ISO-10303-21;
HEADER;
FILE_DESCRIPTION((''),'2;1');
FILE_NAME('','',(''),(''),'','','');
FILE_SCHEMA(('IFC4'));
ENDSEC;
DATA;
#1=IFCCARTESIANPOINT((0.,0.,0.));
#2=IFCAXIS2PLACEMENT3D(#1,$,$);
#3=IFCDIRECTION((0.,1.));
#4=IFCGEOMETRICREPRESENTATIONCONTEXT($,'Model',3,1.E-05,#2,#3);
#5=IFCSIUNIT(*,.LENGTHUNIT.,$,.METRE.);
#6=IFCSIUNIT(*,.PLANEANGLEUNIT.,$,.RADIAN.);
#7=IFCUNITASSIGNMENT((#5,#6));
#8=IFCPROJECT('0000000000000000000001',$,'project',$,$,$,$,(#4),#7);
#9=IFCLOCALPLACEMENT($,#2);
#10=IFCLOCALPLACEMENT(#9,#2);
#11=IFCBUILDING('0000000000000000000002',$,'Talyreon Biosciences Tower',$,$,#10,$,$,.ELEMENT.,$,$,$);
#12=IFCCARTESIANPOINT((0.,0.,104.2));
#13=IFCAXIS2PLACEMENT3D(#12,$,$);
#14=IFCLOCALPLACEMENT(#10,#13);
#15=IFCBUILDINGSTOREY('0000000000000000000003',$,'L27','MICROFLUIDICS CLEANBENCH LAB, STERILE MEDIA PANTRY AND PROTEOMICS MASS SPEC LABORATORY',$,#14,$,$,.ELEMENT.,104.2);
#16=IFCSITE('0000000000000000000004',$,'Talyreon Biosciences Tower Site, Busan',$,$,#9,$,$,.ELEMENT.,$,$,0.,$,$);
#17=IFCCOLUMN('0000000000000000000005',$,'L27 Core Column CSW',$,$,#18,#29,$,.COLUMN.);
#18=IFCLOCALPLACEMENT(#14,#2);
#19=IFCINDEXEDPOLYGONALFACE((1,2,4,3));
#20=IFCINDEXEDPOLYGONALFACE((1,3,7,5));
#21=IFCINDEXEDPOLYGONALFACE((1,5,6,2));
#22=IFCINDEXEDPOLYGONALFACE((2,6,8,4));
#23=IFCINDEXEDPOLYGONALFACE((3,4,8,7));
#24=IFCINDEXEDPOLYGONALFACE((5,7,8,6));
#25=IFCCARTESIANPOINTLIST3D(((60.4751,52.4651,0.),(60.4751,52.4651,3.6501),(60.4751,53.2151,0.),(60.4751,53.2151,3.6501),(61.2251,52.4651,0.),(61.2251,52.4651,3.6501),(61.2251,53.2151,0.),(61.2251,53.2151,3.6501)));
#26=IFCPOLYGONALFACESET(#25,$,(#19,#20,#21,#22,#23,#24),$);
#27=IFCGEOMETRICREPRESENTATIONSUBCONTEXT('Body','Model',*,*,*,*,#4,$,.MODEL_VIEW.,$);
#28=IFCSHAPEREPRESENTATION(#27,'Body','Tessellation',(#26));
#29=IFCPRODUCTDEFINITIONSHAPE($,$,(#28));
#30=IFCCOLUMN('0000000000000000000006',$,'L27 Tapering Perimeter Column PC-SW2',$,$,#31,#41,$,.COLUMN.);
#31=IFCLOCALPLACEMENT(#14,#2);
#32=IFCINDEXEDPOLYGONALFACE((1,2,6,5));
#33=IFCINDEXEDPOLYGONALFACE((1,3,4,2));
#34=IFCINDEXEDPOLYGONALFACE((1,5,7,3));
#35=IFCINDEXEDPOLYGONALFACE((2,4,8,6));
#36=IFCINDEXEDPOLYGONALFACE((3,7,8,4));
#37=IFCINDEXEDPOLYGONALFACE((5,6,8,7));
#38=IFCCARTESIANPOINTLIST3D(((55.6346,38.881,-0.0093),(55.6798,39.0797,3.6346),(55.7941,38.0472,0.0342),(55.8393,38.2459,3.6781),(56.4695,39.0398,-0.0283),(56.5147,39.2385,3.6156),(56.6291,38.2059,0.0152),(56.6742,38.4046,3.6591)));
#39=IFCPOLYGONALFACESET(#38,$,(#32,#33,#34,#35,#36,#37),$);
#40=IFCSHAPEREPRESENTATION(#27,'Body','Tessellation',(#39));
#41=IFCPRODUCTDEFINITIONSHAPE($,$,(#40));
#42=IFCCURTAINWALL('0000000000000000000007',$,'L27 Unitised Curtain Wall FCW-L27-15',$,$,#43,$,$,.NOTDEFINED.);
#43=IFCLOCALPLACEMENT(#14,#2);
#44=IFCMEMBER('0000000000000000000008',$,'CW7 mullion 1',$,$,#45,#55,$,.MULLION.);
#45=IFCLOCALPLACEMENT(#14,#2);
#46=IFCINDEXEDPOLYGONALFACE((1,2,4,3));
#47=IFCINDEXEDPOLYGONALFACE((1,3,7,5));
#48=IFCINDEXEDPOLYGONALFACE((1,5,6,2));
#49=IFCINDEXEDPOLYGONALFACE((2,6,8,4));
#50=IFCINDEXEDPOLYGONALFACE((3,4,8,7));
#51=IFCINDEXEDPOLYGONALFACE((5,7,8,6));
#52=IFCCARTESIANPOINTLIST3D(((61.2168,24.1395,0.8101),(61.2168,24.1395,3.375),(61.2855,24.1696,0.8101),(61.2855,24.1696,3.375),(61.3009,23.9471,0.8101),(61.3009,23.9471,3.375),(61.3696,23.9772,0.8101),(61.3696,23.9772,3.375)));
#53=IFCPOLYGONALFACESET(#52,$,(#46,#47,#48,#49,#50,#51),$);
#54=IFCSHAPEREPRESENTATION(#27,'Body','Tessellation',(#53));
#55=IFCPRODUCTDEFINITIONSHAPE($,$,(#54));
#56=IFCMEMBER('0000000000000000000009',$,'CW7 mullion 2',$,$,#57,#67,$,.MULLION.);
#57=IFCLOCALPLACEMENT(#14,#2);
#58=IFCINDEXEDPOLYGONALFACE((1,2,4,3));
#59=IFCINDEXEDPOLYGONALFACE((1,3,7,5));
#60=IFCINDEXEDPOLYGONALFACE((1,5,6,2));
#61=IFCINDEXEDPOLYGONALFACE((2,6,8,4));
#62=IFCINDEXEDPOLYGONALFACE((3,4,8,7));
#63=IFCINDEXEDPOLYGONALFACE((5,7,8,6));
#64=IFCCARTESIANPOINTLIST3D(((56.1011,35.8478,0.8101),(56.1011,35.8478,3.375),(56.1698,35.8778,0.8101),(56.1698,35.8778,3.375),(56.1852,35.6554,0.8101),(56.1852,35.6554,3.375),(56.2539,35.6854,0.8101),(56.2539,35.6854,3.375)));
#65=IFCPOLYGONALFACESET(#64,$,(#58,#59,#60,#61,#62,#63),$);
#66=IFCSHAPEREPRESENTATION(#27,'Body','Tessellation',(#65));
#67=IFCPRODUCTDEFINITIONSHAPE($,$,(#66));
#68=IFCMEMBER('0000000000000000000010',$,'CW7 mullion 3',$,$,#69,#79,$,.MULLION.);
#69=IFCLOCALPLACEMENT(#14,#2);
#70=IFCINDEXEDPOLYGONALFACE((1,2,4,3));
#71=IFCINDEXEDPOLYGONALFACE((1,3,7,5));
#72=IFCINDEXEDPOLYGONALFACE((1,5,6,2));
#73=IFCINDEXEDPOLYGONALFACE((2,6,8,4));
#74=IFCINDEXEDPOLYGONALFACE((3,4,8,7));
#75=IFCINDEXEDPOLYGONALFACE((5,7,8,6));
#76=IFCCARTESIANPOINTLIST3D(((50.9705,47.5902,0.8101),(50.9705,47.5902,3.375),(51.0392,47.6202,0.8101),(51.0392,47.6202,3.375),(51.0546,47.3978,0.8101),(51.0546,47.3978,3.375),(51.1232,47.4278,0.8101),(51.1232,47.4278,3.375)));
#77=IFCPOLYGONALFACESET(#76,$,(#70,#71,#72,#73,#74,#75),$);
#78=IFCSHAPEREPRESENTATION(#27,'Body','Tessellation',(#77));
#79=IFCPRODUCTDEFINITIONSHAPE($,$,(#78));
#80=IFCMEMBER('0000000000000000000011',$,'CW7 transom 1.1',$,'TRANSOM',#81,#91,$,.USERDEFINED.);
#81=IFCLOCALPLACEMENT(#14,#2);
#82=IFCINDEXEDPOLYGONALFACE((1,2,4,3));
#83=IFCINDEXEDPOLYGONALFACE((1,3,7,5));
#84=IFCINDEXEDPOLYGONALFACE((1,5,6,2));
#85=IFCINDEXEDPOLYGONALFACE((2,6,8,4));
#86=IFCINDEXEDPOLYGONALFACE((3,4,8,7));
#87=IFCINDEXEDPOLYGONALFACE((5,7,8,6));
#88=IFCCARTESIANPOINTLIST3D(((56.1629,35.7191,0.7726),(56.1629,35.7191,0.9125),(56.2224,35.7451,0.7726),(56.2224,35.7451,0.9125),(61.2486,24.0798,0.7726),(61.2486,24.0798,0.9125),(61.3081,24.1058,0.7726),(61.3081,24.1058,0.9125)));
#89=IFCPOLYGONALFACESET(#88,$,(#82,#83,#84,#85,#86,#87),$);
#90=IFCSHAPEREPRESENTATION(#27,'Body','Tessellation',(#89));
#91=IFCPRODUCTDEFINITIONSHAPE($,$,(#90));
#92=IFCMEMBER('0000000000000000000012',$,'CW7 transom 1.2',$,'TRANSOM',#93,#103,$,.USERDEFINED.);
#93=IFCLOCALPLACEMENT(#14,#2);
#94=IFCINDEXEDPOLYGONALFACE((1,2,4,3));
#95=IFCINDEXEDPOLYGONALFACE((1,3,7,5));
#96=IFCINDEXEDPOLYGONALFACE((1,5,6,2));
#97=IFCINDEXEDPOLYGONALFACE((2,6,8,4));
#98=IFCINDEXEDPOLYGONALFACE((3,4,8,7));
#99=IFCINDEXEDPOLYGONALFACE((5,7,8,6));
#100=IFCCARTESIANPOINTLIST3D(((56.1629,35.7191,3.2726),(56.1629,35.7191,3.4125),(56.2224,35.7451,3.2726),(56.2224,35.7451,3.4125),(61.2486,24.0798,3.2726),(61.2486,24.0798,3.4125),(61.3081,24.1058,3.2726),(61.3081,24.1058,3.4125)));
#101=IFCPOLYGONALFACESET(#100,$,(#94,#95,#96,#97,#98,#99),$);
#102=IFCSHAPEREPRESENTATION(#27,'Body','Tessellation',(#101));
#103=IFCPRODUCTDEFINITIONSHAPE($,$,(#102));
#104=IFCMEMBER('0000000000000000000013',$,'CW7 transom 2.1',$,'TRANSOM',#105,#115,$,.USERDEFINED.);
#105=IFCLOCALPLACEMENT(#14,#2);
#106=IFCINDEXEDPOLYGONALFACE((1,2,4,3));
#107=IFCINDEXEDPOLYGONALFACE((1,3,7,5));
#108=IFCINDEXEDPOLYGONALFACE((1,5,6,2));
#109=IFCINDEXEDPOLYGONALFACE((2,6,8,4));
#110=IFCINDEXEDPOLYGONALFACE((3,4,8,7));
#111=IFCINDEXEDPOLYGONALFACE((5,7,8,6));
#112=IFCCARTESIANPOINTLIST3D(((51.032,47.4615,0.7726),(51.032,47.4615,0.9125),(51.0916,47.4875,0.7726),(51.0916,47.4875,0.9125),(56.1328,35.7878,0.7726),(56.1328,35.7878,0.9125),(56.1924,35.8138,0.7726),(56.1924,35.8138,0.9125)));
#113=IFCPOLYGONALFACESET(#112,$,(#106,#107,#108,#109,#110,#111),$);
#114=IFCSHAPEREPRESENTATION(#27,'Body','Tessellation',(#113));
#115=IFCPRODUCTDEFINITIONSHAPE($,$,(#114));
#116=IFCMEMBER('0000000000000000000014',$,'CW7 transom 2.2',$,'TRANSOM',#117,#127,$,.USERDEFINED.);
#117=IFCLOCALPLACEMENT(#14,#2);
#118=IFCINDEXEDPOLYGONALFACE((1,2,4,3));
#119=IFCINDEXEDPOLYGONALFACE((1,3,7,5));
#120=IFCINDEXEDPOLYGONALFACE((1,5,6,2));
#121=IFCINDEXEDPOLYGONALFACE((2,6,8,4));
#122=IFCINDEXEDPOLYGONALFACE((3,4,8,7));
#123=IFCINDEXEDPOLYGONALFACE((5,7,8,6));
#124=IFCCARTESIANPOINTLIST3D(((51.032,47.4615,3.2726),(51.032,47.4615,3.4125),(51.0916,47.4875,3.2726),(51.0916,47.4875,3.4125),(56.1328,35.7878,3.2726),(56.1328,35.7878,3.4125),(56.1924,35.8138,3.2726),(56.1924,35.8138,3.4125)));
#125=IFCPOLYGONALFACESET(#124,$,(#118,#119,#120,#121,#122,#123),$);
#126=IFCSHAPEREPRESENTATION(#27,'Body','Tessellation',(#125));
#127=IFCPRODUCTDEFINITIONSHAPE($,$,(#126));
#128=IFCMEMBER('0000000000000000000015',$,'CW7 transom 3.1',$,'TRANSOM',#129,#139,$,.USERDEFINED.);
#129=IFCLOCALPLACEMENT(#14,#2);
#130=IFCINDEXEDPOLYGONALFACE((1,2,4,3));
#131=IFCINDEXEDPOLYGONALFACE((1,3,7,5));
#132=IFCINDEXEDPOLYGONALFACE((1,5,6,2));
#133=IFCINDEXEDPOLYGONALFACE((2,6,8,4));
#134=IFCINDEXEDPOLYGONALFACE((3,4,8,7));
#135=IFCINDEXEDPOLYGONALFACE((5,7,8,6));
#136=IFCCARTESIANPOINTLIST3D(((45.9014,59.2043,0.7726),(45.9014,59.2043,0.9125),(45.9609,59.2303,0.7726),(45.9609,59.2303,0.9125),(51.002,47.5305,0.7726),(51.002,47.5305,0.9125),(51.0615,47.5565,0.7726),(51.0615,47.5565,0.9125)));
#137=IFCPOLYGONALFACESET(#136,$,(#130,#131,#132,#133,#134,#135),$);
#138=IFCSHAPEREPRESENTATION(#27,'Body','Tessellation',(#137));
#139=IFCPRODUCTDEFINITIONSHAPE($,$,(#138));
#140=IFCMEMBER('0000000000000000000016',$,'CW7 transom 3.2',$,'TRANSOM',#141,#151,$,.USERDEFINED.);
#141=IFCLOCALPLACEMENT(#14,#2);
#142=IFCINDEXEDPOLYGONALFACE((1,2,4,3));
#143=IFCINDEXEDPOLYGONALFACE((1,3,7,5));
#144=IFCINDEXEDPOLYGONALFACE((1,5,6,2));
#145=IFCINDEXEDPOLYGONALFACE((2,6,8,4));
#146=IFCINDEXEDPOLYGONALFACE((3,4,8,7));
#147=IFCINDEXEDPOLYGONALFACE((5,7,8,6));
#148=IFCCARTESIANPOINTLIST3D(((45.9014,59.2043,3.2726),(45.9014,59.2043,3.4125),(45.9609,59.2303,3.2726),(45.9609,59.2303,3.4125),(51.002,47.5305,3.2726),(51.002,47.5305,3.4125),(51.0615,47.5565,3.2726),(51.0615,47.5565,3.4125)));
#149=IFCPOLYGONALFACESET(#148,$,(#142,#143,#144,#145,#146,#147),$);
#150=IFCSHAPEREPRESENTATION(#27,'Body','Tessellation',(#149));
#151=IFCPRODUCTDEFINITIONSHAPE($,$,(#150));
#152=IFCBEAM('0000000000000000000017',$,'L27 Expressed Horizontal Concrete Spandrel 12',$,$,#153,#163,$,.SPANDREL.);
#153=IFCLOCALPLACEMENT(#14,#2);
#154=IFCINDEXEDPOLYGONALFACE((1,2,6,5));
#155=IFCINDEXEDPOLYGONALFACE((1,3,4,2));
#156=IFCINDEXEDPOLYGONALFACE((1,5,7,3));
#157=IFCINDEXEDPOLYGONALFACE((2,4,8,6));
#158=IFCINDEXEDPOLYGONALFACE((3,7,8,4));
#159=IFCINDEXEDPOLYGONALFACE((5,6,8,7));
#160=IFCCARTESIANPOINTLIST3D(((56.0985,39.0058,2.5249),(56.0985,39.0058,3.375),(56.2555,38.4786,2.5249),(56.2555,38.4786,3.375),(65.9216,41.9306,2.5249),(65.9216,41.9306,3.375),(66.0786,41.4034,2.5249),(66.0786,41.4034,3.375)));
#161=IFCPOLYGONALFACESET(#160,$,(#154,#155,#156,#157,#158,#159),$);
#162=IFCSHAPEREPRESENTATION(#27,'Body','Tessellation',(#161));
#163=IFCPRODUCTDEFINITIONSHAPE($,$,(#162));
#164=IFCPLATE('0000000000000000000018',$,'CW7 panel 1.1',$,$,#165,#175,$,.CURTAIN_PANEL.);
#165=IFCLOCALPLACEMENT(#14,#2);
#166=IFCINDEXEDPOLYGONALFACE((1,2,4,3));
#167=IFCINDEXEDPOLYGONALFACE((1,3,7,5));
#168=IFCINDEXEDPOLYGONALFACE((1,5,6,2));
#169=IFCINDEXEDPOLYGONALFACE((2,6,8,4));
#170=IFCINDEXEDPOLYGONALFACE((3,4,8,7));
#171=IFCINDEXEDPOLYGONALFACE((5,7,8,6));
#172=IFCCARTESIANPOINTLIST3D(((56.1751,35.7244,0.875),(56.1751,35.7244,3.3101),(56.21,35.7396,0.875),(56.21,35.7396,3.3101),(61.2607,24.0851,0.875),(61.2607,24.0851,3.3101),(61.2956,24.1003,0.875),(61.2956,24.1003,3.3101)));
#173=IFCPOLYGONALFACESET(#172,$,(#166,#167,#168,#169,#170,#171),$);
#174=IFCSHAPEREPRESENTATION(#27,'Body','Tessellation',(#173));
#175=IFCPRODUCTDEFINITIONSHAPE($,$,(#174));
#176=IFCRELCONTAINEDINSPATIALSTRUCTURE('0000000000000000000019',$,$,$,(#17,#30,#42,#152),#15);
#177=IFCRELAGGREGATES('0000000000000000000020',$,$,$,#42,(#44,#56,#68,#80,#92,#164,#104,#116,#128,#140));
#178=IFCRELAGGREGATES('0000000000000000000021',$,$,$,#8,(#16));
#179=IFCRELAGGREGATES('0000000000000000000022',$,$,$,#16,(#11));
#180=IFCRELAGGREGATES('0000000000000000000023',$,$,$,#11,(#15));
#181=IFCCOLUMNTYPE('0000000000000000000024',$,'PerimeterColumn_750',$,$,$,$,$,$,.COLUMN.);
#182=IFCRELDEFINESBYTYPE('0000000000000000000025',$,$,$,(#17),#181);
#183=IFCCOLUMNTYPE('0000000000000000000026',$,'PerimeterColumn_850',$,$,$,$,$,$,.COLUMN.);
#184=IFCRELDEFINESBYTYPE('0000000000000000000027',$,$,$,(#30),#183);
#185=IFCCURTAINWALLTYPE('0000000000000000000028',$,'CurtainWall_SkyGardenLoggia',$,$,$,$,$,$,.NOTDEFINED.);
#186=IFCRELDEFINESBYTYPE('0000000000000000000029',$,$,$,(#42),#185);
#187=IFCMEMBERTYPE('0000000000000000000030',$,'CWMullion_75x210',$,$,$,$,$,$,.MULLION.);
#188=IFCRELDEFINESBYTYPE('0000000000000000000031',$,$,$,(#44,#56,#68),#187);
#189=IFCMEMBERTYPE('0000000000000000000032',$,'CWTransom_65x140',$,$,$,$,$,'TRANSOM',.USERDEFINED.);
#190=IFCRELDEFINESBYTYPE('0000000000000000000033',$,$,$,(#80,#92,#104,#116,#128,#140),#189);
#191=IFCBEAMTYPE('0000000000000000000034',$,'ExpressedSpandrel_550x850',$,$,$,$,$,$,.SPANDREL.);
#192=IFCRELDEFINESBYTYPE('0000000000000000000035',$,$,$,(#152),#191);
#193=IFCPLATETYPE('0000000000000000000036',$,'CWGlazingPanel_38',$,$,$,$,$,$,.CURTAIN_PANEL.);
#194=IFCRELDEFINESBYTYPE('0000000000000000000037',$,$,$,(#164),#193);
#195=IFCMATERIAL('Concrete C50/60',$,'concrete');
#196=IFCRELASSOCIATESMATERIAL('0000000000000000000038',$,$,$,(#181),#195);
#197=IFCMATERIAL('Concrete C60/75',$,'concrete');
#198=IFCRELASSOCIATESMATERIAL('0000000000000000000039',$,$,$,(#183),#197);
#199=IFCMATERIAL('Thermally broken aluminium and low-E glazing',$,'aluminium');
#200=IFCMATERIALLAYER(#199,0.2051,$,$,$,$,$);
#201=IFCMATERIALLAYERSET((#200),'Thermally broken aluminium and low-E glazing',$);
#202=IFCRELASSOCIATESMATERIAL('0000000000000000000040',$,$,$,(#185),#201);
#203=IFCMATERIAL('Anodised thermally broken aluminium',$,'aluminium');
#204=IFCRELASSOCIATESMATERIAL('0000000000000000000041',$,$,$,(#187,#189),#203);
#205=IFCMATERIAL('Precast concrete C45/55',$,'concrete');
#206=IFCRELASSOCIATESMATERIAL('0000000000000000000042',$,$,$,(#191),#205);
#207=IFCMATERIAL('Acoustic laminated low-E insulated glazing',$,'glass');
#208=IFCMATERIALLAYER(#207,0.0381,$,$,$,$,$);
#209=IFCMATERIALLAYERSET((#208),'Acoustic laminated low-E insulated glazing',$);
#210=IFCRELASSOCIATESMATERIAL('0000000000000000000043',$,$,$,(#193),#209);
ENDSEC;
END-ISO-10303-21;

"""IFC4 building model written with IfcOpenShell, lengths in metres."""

from ifc_helpers import new_model, si_unit, direction, frame, origin, origin_2d, place, context, subcontext, project, spatial, rectangle, extrude, material, layer, layer_set, material_profile, profile_set, type_object, element, aggregate, save


model = new_model("IFC4")

# Units and contexts
model_context = context("Model", 3, precision=1e-05, world=origin(), true_north=direction((0.0, 1.0)))
body_context = subcontext(model_context, "Body", "Model", "MODEL_VIEW")
ifc_project = project(units=[si_unit("LENGTHUNIT", "METRE"), si_unit("PLANEANGLEUNIT", "RADIAN")], contexts=[model_context])

# Site, building, storey
site_placement = place(None, origin())
site = spatial("IfcSite", under=ifc_project, at=site_placement, Name="Talyreon Biosciences Tower Site, Busan", CompositionType="ELEMENT", RefElevation=0.0)
building_placement = place(site_placement, origin())
building = spatial("IfcBuilding", under=site, at=building_placement, Name="Talyreon Biosciences Tower", CompositionType="ELEMENT")
storey_placement = place(building_placement, frame((0.0, 0.0, 104.2)))
storey = spatial("IfcBuildingStorey", under=building, at=storey_placement, Name="L27", Description="MICROFLUIDICS CLEANBENCH LAB, STERILE MEDIA PANTRY AND PROTEOMICS MASS SPEC LABORATORY", CompositionType="ELEMENT", Elevation=104.2)

# Columns
ifc_material_1 = material(Name="Concrete C50/60", Category="concrete")
ifc_material_profile_1 = material_profile(ifc_material_1, rectangle(XDim=0.75, YDim=0.75, at=origin_2d()), Name="RC 750x750")
ifc_profile_set_1 = profile_set([ifc_material_profile_1], Name="Concrete C50/60")
column_type_1 = type_object("IfcColumnType", Name="PerimeterColumn_750", PredefinedType="COLUMN", material=ifc_profile_set_1)
column_1_placement = place(storey_placement, frame((60.8501, 52.8401, 0.0), z_axis=(0.0, 0.0, 1.0), x_axis=(1.0, 0.0, 0.0)))
element("IfcColumn", 1, at=column_1_placement, inside=storey, type_object=column_type_1, Name="L27 Core Column CSW", PredefinedType="COLUMN", context=body_context, shape_type="SweptSolid", body=[
    extrude(rectangle(XDim=0.75, YDim=0.75, at=origin_2d()), origin(), (0.0, 0.0, 1.0), 3.6501),
])
ifc_material_2 = material(Name="Concrete C60/75", Category="concrete")
ifc_material_profile_2 = material_profile(ifc_material_2, rectangle(XDim=0.8501, YDim=0.8501, at=origin_2d()), Name="RC 850x850")
ifc_profile_set_2 = profile_set([ifc_material_profile_2], Name="Concrete C60/75")
column_type_2 = type_object("IfcColumnType", Name="PerimeterColumn_850", PredefinedType="COLUMN", material=ifc_profile_set_2)
column_2_placement = place(storey_placement, frame((56.1318, 38.5435, 0.0029), z_axis=(0.012375, 0.054451, 0.99844), x_axis=(-0.187659, 0.980901, -0.051168)))
element("IfcColumn", 2, at=column_2_placement, inside=storey, type_object=column_type_2, Name="L27 Tapering Perimeter Column PC-SW2", PredefinedType="COLUMN", context=body_context, shape_type="SweptSolid", body=[
    extrude(rectangle(XDim=0.8501, YDim=0.8501, at=origin_2d()), origin(), (0.0, 0.0, 1.0), 3.6497),
])

# Curtain wall, members
ifc_material_3 = material(Name="Thermally broken aluminium and low-E glazing", Category="aluminium")
ifc_layer_1 = layer(ifc_material_3, 0.2051)
ifc_layer_set_1 = layer_set([ifc_layer_1], Name="Thermally broken aluminium and low-E glazing")
curtain_wall_type = type_object("IfcCurtainWallType", Name="CurtainWall_SkyGardenLoggia", PredefinedType="NOTDEFINED", material=ifc_layer_set_1)
curtain_wall_placement = place(storey_placement, origin())
curtain_wall = element("IfcCurtainWall", 3, at=curtain_wall_placement, inside=storey, type_object=curtain_wall_type, Name="L27 Unitised Curtain Wall FCW-L27-15", PredefinedType="NOTDEFINED")
ifc_material_4 = material(Name="Anodised thermally broken aluminium", Category="aluminium")
ifc_material_profile_3 = material_profile(ifc_material_4, rectangle(XDim=0.075, YDim=0.21, at=origin_2d()), Name="ALUM MULLION 75x210")
ifc_profile_set_3 = profile_set([ifc_material_profile_3], Name="Anodised thermally broken aluminium")
member_type_1 = type_object("IfcMemberType", Name="CWMullion_75x210", PredefinedType="MULLION", material=ifc_profile_set_3)
member_1_placement = place(storey_placement, frame((61.2932, 24.0583, 0.8101), z_axis=(0.0, 0.0, 1.0), x_axis=(-0.916346, -0.400387, 0.0)))
member_1 = element("IfcMember", 4, at=member_1_placement, type_object=member_type_1, Name="CW7 mullion 1", PredefinedType="MULLION", context=body_context, shape_type="SweptSolid", body=[
    extrude(rectangle(XDim=0.075, YDim=0.21, at=origin_2d()), origin(), (0.0, 0.0, 1.0), 2.5649),
])
member_2_placement = place(storey_placement, frame((56.1775, 35.7666, 0.8101), z_axis=(0.0, 0.0, 1.0), x_axis=(-0.916346, -0.400387, 0.0)))
member_2 = element("IfcMember", 5, at=member_2_placement, type_object=member_type_1, Name="CW7 mullion 2", PredefinedType="MULLION", context=body_context, shape_type="SweptSolid", body=[
    extrude(rectangle(XDim=0.075, YDim=0.21, at=origin_2d()), origin(), (0.0, 0.0, 1.0), 2.5649),
])
member_3_placement = place(storey_placement, frame((51.0469, 47.509, 0.8101), z_axis=(0.0, 0.0, 1.0), x_axis=(-0.916346, -0.400387, 0.0)))
member_3 = element("IfcMember", 6, at=member_3_placement, type_object=member_type_1, Name="CW7 mullion 3", PredefinedType="MULLION", context=body_context, shape_type="SweptSolid", body=[
    extrude(rectangle(XDim=0.075, YDim=0.21, at=origin_2d()), origin(), (0.0, 0.0, 1.0), 2.5649),
])
ifc_material_profile_4 = material_profile(ifc_material_4, rectangle(XDim=0.0649, YDim=0.1399, at=origin_2d()), Name="ALUM TRANSOM 65x140")
ifc_profile_set_4 = profile_set([ifc_material_profile_4], Name="Anodised thermally broken aluminium")
member_type_2 = type_object("IfcMemberType", Name="CWTransom_65x140", ElementType="TRANSOM", PredefinedType="USERDEFINED", material=ifc_profile_set_4)
member_4_placement = place(storey_placement, frame((61.2783, 24.0928, 0.8425), z_axis=(-0.400386, 0.916346, 0.0), x_axis=(-0.916346, -0.400386, 0.0)))
member_4 = element("IfcMember", 7, at=member_4_placement, type_object=member_type_2, Name="CW7 transom 1.1", ObjectType="TRANSOM", PredefinedType="USERDEFINED", context=body_context, shape_type="SweptSolid", body=[
    extrude(rectangle(XDim=0.0649, YDim=0.1399, at=origin_2d()), origin(), (0.0, 0.0, 1.0), 12.7019),
])
member_5_placement = place(storey_placement, frame((61.2783, 24.0928, 3.3425), z_axis=(-0.400386, 0.916346, 0.0), x_axis=(-0.916346, -0.400386, 0.0)))
member_5 = element("IfcMember", 8, at=member_5_placement, type_object=member_type_2, Name="CW7 transom 1.2", ObjectType="TRANSOM", PredefinedType="USERDEFINED", context=body_context, shape_type="SweptSolid", body=[
    extrude(rectangle(XDim=0.0649, YDim=0.1399, at=origin_2d()), origin(), (0.0, 0.0, 1.0), 12.7019),
])
member_6_placement = place(storey_placement, frame((56.1626, 35.8008, 0.8425), z_axis=(-0.400393, 0.916344, 0.0), x_axis=(-0.916344, -0.400393, 0.0)))
member_6 = element("IfcMember", 9, at=member_6_placement, type_object=member_type_2, Name="CW7 transom 2.1", ObjectType="TRANSOM", PredefinedType="USERDEFINED", context=body_context, shape_type="SweptSolid", body=[
    extrude(rectangle(XDim=0.0649, YDim=0.1399, at=origin_2d()), origin(), (0.0, 0.0, 1.0), 12.7395),
])
member_7_placement = place(storey_placement, frame((56.1626, 35.8008, 3.3425), z_axis=(-0.400393, 0.916344, 0.0), x_axis=(-0.916344, -0.400393, 0.0)))
member_7 = element("IfcMember", 10, at=member_7_placement, type_object=member_type_2, Name="CW7 transom 2.2", ObjectType="TRANSOM", PredefinedType="USERDEFINED", context=body_context, shape_type="SweptSolid", body=[
    extrude(rectangle(XDim=0.0649, YDim=0.1399, at=origin_2d()), origin(), (0.0, 0.0, 1.0), 12.7395),
])
member_8_placement = place(storey_placement, frame((51.0317, 47.5435, 0.8425), z_axis=(-0.400376, 0.916351, 0.0), x_axis=(-0.916351, -0.400376, 0.0)))
member_8 = element("IfcMember", 11, at=member_8_placement, type_object=member_type_2, Name="CW7 transom 3.1", ObjectType="TRANSOM", PredefinedType="USERDEFINED", context=body_context, shape_type="SweptSolid", body=[
    extrude(rectangle(XDim=0.0649, YDim=0.1399, at=origin_2d()), origin(), (0.0, 0.0, 1.0), 12.7395),
])
member_9_placement = place(storey_placement, frame((51.0317, 47.5435, 3.3425), z_axis=(-0.400376, 0.916351, 0.0), x_axis=(-0.916351, -0.400376, 0.0)))
member_9 = element("IfcMember", 12, at=member_9_placement, type_object=member_type_2, Name="CW7 transom 3.2", ObjectType="TRANSOM", PredefinedType="USERDEFINED", context=body_context, shape_type="SweptSolid", body=[
    extrude(rectangle(XDim=0.0649, YDim=0.1399, at=origin_2d()), origin(), (0.0, 0.0, 1.0), 12.7395),
])

# Beam
ifc_material_5 = material(Name="Precast concrete C45/55", Category="concrete")
ifc_material_profile_5 = material_profile(ifc_material_5, rectangle(XDim=0.55, YDim=0.8501, at=origin_2d()), Name="RCB 550x850")
ifc_profile_set_5 = profile_set([ifc_material_profile_5], Name="Precast concrete C45/55")
beam_type = type_object("IfcBeamType", Name="ExpressedSpandrel_550x850", PredefinedType="SPANDREL", material=ifc_profile_set_5)
beam_placement = place(storey_placement, frame((56.177, 38.7422, 2.95), z_axis=(0.958418, 0.28537, 0.0), x_axis=(-0.28537, 0.958418, 0.0)))
element("IfcBeam", 13, at=beam_placement, inside=storey, type_object=beam_type, Name="L27 Expressed Horizontal Concrete Spandrel 12", PredefinedType="SPANDREL", context=body_context, shape_type="SweptSolid", body=[
    extrude(rectangle(XDim=0.55, YDim=0.8501, at=origin_2d()), origin(), (0.0, 0.0, 1.0), 10.2493),
])

# Plate
ifc_material_6 = material(Name="Acoustic laminated low-E insulated glazing", Category="glass")
ifc_layer_2 = layer(ifc_material_6, 0.0381)
ifc_layer_set_2 = layer_set([ifc_layer_2], Name="Acoustic laminated low-E insulated glazing")
plate_type_1 = type_object("IfcPlateType", Name="CWGlazingPanel_38", PredefinedType="CURTAIN_PANEL", material=ifc_layer_set_2)
plate_1_placement = place(storey_placement, frame((58.7354, 29.9124, 0.875), z_axis=(0.0, 0.0, 1.0), x_axis=(-0.400387, 0.916346, 0.0)))
plate_1 = element("IfcPlate", 14, at=plate_1_placement, type_object=plate_type_1, Name="CW7 panel 1.1", PredefinedType="CURTAIN_PANEL", context=body_context, shape_type="SweptSolid", body=[
    extrude(rectangle(XDim=12.7019, YDim=0.0381, at=origin_2d()), origin(), (0.0, 0.0, 1.0), 2.4351),
])
aggregate(curtain_wall, [member_1, member_2, member_3, member_4, member_5, plate_1, member_6, member_7, member_8, member_9])

save(model, "model.ifc")
